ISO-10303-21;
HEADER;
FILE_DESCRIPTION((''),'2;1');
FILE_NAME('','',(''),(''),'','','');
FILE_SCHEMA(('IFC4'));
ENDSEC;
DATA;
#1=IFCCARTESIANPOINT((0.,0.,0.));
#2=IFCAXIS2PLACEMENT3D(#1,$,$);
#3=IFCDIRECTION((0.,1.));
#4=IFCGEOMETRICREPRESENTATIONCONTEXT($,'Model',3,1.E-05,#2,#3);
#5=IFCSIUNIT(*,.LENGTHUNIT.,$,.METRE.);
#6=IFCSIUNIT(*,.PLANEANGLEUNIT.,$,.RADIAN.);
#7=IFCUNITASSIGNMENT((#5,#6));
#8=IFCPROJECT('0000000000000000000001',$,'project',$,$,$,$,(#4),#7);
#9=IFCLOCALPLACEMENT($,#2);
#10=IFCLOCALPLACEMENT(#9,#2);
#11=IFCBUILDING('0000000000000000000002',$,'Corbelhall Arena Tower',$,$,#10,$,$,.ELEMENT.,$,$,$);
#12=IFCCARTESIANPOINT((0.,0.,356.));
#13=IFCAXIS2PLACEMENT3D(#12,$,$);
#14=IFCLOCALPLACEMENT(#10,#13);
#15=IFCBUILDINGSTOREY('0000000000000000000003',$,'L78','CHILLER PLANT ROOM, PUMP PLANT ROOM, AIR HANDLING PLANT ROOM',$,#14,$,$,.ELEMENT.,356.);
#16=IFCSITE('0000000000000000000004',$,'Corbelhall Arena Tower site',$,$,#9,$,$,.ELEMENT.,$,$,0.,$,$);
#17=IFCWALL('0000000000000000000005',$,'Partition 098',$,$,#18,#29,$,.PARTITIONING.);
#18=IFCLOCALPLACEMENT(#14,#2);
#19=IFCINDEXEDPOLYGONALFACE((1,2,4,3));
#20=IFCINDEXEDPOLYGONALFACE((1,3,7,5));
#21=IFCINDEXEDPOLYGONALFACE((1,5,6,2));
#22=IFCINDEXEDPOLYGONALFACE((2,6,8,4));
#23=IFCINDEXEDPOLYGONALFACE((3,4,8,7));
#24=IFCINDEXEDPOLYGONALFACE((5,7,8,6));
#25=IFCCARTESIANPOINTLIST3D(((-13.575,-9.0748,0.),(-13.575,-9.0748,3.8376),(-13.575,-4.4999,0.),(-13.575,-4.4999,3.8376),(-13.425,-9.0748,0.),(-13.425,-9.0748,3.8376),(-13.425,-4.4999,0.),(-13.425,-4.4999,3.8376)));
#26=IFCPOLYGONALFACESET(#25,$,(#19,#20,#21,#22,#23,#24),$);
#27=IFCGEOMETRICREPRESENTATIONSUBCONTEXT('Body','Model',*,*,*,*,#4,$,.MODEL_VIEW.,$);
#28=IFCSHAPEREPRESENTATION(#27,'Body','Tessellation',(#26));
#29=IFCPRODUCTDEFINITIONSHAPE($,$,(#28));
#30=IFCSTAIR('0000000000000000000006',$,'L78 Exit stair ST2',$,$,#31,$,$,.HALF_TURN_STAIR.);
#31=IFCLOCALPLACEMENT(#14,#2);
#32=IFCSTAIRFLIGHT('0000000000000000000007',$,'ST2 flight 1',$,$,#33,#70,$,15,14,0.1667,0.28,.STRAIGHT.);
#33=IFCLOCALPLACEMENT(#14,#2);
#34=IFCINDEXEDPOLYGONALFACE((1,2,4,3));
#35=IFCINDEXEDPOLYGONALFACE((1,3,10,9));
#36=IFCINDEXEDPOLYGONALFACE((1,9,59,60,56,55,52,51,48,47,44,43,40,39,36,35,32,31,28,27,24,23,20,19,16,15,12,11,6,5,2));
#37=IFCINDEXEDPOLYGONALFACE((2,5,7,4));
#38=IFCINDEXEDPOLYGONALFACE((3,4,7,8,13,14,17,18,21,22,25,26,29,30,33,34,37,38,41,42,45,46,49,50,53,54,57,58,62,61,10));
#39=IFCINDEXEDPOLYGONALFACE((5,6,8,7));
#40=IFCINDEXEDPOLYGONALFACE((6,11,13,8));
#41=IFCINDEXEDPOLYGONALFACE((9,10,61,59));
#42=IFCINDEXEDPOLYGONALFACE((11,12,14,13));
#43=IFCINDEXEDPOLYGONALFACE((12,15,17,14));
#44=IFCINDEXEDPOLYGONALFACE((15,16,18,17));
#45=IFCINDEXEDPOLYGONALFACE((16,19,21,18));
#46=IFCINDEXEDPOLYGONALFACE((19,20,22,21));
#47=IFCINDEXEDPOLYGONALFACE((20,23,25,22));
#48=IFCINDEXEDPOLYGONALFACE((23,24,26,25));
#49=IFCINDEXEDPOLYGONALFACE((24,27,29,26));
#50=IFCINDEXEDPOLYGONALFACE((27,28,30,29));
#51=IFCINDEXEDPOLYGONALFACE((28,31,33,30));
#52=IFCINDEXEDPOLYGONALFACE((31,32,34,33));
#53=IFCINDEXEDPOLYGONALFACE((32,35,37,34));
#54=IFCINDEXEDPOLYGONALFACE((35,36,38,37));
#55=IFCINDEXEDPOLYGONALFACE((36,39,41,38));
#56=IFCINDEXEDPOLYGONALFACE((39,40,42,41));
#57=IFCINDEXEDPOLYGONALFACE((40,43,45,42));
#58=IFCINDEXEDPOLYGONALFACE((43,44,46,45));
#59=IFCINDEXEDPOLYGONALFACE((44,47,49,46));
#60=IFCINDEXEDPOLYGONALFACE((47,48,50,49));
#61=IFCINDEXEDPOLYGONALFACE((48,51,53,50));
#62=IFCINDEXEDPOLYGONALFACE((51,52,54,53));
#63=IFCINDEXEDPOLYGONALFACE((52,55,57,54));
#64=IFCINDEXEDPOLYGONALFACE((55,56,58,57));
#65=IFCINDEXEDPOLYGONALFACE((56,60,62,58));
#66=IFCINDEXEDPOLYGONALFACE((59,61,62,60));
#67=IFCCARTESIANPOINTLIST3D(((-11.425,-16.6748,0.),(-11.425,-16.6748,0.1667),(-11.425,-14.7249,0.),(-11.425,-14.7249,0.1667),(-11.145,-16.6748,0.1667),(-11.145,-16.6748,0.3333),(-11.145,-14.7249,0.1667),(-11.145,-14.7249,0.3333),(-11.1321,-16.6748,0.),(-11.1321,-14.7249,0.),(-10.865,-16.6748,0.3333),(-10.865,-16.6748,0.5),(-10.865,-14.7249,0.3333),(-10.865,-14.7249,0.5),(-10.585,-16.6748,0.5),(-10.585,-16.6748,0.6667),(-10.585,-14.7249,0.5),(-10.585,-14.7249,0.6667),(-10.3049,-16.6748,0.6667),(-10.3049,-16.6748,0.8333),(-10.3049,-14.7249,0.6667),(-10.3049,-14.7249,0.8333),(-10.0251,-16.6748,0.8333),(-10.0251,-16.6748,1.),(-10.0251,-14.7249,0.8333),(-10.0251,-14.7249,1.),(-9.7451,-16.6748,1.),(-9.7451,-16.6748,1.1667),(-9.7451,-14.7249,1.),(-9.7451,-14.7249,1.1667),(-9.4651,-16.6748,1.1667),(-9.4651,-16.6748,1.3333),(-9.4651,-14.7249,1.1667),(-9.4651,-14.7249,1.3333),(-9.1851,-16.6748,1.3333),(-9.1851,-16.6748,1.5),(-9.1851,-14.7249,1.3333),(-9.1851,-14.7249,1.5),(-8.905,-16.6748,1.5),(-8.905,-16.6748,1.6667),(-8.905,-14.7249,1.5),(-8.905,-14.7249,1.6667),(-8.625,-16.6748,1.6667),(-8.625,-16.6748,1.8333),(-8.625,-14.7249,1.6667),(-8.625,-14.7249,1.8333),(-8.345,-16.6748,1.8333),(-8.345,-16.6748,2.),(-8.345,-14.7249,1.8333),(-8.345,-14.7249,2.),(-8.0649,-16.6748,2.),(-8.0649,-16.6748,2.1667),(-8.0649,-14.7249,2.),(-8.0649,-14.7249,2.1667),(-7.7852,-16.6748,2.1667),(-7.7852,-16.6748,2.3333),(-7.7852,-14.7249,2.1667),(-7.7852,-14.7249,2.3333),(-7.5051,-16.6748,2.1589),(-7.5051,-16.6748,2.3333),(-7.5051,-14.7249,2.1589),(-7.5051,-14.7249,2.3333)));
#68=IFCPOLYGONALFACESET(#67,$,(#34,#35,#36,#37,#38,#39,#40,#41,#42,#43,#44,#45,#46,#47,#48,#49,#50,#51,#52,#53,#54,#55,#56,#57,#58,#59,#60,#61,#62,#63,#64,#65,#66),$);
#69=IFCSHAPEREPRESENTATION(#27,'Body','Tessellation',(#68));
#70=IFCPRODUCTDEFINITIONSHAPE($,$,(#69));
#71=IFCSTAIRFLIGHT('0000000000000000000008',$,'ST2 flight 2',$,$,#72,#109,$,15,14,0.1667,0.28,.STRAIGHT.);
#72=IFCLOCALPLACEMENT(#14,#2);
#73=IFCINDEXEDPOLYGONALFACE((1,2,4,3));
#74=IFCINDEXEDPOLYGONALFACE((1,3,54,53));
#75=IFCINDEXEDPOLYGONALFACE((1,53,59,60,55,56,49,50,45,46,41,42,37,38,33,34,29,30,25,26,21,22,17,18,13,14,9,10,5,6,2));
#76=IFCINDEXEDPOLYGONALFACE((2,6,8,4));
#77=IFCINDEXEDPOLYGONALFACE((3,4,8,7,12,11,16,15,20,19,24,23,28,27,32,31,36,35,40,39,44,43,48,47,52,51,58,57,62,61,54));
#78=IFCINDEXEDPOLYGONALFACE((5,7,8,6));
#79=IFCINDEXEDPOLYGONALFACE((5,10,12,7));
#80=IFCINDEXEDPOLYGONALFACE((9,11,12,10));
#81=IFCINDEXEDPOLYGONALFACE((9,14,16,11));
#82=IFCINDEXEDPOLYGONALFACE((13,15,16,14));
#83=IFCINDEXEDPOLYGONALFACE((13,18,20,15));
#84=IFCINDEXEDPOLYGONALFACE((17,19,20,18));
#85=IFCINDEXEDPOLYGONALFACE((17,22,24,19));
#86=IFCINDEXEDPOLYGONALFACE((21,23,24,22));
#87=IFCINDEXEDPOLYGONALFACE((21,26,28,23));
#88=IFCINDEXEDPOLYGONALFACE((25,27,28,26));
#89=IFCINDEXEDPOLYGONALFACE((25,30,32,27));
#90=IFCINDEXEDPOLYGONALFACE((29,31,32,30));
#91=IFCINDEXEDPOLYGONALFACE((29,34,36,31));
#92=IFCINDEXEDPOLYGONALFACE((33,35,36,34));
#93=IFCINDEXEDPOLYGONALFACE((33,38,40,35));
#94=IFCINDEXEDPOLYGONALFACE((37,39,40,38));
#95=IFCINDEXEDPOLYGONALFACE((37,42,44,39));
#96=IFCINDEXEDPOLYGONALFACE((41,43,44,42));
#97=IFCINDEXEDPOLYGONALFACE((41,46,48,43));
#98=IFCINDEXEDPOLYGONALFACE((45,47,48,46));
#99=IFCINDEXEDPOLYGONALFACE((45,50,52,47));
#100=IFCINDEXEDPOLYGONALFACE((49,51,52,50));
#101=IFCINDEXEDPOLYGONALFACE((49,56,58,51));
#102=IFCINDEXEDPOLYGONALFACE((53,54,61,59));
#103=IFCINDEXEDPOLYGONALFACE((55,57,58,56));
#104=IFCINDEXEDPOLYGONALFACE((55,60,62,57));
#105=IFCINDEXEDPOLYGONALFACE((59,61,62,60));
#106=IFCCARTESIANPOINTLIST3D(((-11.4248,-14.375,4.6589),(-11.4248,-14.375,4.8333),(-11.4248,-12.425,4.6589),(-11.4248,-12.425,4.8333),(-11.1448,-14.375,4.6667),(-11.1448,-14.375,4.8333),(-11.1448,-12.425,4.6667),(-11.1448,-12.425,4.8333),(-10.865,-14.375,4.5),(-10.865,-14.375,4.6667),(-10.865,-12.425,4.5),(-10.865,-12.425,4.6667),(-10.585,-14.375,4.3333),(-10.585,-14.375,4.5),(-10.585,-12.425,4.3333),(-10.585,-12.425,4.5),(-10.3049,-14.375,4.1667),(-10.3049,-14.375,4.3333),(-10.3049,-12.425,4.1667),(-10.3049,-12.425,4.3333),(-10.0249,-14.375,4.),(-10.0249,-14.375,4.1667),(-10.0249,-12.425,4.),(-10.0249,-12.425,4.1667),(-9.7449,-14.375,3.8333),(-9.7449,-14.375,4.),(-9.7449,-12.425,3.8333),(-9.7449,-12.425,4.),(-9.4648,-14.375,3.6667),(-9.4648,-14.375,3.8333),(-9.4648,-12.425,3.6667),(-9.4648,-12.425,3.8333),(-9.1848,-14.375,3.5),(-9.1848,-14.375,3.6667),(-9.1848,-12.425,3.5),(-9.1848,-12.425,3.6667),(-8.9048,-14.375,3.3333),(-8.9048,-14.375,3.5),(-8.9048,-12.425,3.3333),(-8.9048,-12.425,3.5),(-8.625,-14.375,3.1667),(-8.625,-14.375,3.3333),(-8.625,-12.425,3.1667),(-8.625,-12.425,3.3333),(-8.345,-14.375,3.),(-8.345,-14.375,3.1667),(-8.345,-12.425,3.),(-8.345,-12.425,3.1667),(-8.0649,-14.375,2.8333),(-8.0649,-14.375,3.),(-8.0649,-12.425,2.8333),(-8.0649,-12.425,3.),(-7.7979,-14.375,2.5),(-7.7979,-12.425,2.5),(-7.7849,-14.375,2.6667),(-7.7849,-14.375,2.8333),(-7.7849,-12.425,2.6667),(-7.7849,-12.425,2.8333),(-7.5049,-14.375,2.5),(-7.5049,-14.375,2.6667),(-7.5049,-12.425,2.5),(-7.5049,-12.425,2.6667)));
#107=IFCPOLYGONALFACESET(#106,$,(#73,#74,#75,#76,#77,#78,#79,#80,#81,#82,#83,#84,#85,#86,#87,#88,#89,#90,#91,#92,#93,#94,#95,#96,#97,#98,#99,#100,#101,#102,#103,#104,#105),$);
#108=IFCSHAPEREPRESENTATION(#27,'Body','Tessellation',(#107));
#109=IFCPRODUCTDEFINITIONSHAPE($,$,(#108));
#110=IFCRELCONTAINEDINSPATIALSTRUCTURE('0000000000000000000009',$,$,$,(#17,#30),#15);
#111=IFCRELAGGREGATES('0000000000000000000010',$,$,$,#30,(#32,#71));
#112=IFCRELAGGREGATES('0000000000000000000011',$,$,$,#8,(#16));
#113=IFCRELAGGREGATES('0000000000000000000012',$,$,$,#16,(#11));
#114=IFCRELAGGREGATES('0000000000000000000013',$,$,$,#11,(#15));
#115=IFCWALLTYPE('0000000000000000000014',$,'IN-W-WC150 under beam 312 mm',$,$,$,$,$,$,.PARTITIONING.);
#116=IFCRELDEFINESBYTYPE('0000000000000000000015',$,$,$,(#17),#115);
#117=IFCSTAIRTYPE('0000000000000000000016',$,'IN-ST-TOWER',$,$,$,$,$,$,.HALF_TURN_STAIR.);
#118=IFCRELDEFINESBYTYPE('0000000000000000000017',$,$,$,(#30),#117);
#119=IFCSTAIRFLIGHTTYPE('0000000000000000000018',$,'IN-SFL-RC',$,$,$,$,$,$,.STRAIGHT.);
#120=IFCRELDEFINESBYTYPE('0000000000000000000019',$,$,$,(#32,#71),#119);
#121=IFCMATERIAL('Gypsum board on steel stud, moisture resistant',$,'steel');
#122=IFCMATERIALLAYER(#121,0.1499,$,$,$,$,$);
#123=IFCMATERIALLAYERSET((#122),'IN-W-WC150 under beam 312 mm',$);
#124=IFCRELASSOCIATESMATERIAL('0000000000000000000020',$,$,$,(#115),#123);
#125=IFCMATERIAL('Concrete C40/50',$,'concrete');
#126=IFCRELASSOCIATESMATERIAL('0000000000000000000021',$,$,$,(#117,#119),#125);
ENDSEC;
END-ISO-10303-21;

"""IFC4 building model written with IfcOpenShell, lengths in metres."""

from ifc_helpers import new_model, si_unit, direction, frame, frame_2d, origin, place, context, subcontext, project, spatial, polyline, rectangle, outline, extrude, material, layer, layer_set, type_object, element, aggregate, save


model = new_model("IFC4")

# Units and contexts
model_context = context("Model", 3, precision=1e-05, world=origin(), true_north=direction((0.0, 1.0)))
body_context = subcontext(model_context, "Body", "Model", "MODEL_VIEW")
ifc_project = project(units=[si_unit("LENGTHUNIT", "METRE"), si_unit("PLANEANGLEUNIT", "RADIAN")], contexts=[model_context])

# Site, building, storey
site_placement = place(None, origin())
site = spatial("IfcSite", under=ifc_project, at=site_placement, Name="Corbelhall Arena Tower site", CompositionType="ELEMENT", RefElevation=0.0)
building_placement = place(site_placement, origin())
building = spatial("IfcBuilding", under=site, at=building_placement, Name="Corbelhall Arena Tower", CompositionType="ELEMENT")
storey_placement = place(building_placement, frame((0.0, 0.0, 356.0)))
storey = spatial("IfcBuildingStorey", under=building, at=storey_placement, Name="L78", Description="CHILLER PLANT ROOM, PUMP PLANT ROOM, AIR HANDLING PLANT ROOM", CompositionType="ELEMENT", Elevation=356.0)

# Shared definitions
ifc_material_1 = material(Name="Concrete C40/50", Category="concrete")

# Shared definitions
ifc_material_2 = material(Name="Gypsum board on steel stud, moisture resistant", Category="steel")

# Wall
ifc_layer_1 = layer(ifc_material_2, 0.1499)
ifc_layer_set_1 = layer_set([ifc_layer_1], Name="IN-W-WC150 under beam 312 mm")
wall_type_1 = type_object("IfcWallType", Name="IN-W-WC150 under beam 312 mm", PredefinedType="PARTITIONING", material=ifc_layer_set_1)
wall_1_placement = place(storey_placement, frame((-13.5, -9.075, 0.0), z_axis=(0.0, 0.0, 1.0), x_axis=(0.0, 1.0, 0.0)))
element("IfcWall", 1, at=wall_1_placement, inside=storey, type_object=wall_type_1, Name="Partition 098", PredefinedType="PARTITIONING", context=body_context, shape_type="SweptSolid", body=[
    extrude(rectangle(XDim=4.575, YDim=0.1499, at=frame_2d((2.2876, 0.0))), origin(), (0.0, 0.0, 1.0), 3.8376),
])

# Stair, stair flights
stair_type = type_object("IfcStairType", Name="IN-ST-TOWER", PredefinedType="HALF_TURN_STAIR", material=ifc_material_1)
stair_placement = place(storey_placement, origin())
stair = element("IfcStair", 2, at=stair_placement, inside=storey, type_object=stair_type, Name="L78 Exit stair ST2", PredefinedType="HALF_TURN_STAIR")
stair_flight_type = type_object("IfcStairFlightType", Name="IN-SFL-RC", PredefinedType="STRAIGHT", material=ifc_material_1)
stair_flight_1_placement = place(storey_placement, frame((-11.425, -15.7, 0.0), z_axis=(0.0, 0.0, 1.0), x_axis=(1.0, 0.0, 0.0)))
stair_flight_1 = element("IfcStairFlight", 3, at=stair_flight_1_placement, type_object=stair_flight_type, Name="ST2 flight 1", NumberOfRisers=15, NumberOfTreads=14, PredefinedType="STRAIGHT", RiserHeight=0.1667, TreadLength=0.28, context=body_context, shape_type="SweptSolid", body=[
    extrude(outline(polyline([(0.0, 0.0), (0.0, 0.1667), (0.28, 0.1667), (0.28, 0.3333), (0.5601, 0.3333), (0.5601, 0.5), (0.8401, 0.5), (0.8401, 0.6667), (1.1201, 0.6667), (1.1201, 0.8333), (1.3999, 0.8333), (1.3999, 1.0), (1.6799, 1.0), (1.6799, 1.1667), (1.96, 1.1667), (1.96, 1.3333), (2.24, 1.3333), (2.24, 1.5), (2.52, 1.5), (2.52, 1.6667), (2.8, 1.6667), (2.8, 1.8333), (3.0801, 1.8333), (3.0801, 2.0), (3.3601, 2.0), (3.3601, 2.1667), (3.6399, 2.1667), (3.6399, 2.3333), (3.9199, 2.3333), (3.9199, 2.5), (3.9199, 2.1589), (0.293, 0.0), (0.0, 0.0)])), frame((0.0, 0.9751, 0.0), z_axis=(0.0, -1.0, 0.0), x_axis=(1.0, 0.0, 0.0)), (0.0, 0.0, 1.0), 1.95),
])
stair_flight_2_placement = place(storey_placement, frame((-7.5049, -13.3999, 2.5), z_axis=(0.0, 0.0, 1.0), x_axis=(-1.0, 0.0, 0.0)))
stair_flight_2 = element("IfcStairFlight", 4, at=stair_flight_2_placement, type_object=stair_flight_type, Name="ST2 flight 2", NumberOfRisers=15, NumberOfTreads=14, PredefinedType="STRAIGHT", RiserHeight=0.1667, TreadLength=0.28, context=body_context, shape_type="SweptSolid", body=[
    extrude(outline(polyline([(0.0, 0.0), (0.0, 0.1667), (0.28, 0.1667), (0.28, 0.3333), (0.5601, 0.3333), (0.5601, 0.5), (0.8401, 0.5), (0.8401, 0.6667), (1.1201, 0.6667), (1.1201, 0.8333), (1.3999, 0.8333), (1.3999, 1.0), (1.6799, 1.0), (1.6799, 1.1667), (1.96, 1.1667), (1.96, 1.3333), (2.24, 1.3333), (2.24, 1.5), (2.52, 1.5), (2.52, 1.6667), (2.8, 1.6667), (2.8, 1.8333), (3.0801, 1.8333), (3.0801, 2.0), (3.3601, 2.0), (3.3601, 2.1667), (3.6399, 2.1667), (3.6399, 2.3333), (3.9199, 2.3333), (3.9199, 2.5), (3.9199, 2.1589), (0.293, 0.0), (0.0, 0.0)])), frame((0.0, 0.9751, 0.0), z_axis=(0.0, -1.0, 0.0), x_axis=(1.0, 0.0, 0.0)), (0.0, 0.0, 1.0), 1.95),
])
aggregate(stair, [stair_flight_1, stair_flight_2])

save(model, "model.ifc")
